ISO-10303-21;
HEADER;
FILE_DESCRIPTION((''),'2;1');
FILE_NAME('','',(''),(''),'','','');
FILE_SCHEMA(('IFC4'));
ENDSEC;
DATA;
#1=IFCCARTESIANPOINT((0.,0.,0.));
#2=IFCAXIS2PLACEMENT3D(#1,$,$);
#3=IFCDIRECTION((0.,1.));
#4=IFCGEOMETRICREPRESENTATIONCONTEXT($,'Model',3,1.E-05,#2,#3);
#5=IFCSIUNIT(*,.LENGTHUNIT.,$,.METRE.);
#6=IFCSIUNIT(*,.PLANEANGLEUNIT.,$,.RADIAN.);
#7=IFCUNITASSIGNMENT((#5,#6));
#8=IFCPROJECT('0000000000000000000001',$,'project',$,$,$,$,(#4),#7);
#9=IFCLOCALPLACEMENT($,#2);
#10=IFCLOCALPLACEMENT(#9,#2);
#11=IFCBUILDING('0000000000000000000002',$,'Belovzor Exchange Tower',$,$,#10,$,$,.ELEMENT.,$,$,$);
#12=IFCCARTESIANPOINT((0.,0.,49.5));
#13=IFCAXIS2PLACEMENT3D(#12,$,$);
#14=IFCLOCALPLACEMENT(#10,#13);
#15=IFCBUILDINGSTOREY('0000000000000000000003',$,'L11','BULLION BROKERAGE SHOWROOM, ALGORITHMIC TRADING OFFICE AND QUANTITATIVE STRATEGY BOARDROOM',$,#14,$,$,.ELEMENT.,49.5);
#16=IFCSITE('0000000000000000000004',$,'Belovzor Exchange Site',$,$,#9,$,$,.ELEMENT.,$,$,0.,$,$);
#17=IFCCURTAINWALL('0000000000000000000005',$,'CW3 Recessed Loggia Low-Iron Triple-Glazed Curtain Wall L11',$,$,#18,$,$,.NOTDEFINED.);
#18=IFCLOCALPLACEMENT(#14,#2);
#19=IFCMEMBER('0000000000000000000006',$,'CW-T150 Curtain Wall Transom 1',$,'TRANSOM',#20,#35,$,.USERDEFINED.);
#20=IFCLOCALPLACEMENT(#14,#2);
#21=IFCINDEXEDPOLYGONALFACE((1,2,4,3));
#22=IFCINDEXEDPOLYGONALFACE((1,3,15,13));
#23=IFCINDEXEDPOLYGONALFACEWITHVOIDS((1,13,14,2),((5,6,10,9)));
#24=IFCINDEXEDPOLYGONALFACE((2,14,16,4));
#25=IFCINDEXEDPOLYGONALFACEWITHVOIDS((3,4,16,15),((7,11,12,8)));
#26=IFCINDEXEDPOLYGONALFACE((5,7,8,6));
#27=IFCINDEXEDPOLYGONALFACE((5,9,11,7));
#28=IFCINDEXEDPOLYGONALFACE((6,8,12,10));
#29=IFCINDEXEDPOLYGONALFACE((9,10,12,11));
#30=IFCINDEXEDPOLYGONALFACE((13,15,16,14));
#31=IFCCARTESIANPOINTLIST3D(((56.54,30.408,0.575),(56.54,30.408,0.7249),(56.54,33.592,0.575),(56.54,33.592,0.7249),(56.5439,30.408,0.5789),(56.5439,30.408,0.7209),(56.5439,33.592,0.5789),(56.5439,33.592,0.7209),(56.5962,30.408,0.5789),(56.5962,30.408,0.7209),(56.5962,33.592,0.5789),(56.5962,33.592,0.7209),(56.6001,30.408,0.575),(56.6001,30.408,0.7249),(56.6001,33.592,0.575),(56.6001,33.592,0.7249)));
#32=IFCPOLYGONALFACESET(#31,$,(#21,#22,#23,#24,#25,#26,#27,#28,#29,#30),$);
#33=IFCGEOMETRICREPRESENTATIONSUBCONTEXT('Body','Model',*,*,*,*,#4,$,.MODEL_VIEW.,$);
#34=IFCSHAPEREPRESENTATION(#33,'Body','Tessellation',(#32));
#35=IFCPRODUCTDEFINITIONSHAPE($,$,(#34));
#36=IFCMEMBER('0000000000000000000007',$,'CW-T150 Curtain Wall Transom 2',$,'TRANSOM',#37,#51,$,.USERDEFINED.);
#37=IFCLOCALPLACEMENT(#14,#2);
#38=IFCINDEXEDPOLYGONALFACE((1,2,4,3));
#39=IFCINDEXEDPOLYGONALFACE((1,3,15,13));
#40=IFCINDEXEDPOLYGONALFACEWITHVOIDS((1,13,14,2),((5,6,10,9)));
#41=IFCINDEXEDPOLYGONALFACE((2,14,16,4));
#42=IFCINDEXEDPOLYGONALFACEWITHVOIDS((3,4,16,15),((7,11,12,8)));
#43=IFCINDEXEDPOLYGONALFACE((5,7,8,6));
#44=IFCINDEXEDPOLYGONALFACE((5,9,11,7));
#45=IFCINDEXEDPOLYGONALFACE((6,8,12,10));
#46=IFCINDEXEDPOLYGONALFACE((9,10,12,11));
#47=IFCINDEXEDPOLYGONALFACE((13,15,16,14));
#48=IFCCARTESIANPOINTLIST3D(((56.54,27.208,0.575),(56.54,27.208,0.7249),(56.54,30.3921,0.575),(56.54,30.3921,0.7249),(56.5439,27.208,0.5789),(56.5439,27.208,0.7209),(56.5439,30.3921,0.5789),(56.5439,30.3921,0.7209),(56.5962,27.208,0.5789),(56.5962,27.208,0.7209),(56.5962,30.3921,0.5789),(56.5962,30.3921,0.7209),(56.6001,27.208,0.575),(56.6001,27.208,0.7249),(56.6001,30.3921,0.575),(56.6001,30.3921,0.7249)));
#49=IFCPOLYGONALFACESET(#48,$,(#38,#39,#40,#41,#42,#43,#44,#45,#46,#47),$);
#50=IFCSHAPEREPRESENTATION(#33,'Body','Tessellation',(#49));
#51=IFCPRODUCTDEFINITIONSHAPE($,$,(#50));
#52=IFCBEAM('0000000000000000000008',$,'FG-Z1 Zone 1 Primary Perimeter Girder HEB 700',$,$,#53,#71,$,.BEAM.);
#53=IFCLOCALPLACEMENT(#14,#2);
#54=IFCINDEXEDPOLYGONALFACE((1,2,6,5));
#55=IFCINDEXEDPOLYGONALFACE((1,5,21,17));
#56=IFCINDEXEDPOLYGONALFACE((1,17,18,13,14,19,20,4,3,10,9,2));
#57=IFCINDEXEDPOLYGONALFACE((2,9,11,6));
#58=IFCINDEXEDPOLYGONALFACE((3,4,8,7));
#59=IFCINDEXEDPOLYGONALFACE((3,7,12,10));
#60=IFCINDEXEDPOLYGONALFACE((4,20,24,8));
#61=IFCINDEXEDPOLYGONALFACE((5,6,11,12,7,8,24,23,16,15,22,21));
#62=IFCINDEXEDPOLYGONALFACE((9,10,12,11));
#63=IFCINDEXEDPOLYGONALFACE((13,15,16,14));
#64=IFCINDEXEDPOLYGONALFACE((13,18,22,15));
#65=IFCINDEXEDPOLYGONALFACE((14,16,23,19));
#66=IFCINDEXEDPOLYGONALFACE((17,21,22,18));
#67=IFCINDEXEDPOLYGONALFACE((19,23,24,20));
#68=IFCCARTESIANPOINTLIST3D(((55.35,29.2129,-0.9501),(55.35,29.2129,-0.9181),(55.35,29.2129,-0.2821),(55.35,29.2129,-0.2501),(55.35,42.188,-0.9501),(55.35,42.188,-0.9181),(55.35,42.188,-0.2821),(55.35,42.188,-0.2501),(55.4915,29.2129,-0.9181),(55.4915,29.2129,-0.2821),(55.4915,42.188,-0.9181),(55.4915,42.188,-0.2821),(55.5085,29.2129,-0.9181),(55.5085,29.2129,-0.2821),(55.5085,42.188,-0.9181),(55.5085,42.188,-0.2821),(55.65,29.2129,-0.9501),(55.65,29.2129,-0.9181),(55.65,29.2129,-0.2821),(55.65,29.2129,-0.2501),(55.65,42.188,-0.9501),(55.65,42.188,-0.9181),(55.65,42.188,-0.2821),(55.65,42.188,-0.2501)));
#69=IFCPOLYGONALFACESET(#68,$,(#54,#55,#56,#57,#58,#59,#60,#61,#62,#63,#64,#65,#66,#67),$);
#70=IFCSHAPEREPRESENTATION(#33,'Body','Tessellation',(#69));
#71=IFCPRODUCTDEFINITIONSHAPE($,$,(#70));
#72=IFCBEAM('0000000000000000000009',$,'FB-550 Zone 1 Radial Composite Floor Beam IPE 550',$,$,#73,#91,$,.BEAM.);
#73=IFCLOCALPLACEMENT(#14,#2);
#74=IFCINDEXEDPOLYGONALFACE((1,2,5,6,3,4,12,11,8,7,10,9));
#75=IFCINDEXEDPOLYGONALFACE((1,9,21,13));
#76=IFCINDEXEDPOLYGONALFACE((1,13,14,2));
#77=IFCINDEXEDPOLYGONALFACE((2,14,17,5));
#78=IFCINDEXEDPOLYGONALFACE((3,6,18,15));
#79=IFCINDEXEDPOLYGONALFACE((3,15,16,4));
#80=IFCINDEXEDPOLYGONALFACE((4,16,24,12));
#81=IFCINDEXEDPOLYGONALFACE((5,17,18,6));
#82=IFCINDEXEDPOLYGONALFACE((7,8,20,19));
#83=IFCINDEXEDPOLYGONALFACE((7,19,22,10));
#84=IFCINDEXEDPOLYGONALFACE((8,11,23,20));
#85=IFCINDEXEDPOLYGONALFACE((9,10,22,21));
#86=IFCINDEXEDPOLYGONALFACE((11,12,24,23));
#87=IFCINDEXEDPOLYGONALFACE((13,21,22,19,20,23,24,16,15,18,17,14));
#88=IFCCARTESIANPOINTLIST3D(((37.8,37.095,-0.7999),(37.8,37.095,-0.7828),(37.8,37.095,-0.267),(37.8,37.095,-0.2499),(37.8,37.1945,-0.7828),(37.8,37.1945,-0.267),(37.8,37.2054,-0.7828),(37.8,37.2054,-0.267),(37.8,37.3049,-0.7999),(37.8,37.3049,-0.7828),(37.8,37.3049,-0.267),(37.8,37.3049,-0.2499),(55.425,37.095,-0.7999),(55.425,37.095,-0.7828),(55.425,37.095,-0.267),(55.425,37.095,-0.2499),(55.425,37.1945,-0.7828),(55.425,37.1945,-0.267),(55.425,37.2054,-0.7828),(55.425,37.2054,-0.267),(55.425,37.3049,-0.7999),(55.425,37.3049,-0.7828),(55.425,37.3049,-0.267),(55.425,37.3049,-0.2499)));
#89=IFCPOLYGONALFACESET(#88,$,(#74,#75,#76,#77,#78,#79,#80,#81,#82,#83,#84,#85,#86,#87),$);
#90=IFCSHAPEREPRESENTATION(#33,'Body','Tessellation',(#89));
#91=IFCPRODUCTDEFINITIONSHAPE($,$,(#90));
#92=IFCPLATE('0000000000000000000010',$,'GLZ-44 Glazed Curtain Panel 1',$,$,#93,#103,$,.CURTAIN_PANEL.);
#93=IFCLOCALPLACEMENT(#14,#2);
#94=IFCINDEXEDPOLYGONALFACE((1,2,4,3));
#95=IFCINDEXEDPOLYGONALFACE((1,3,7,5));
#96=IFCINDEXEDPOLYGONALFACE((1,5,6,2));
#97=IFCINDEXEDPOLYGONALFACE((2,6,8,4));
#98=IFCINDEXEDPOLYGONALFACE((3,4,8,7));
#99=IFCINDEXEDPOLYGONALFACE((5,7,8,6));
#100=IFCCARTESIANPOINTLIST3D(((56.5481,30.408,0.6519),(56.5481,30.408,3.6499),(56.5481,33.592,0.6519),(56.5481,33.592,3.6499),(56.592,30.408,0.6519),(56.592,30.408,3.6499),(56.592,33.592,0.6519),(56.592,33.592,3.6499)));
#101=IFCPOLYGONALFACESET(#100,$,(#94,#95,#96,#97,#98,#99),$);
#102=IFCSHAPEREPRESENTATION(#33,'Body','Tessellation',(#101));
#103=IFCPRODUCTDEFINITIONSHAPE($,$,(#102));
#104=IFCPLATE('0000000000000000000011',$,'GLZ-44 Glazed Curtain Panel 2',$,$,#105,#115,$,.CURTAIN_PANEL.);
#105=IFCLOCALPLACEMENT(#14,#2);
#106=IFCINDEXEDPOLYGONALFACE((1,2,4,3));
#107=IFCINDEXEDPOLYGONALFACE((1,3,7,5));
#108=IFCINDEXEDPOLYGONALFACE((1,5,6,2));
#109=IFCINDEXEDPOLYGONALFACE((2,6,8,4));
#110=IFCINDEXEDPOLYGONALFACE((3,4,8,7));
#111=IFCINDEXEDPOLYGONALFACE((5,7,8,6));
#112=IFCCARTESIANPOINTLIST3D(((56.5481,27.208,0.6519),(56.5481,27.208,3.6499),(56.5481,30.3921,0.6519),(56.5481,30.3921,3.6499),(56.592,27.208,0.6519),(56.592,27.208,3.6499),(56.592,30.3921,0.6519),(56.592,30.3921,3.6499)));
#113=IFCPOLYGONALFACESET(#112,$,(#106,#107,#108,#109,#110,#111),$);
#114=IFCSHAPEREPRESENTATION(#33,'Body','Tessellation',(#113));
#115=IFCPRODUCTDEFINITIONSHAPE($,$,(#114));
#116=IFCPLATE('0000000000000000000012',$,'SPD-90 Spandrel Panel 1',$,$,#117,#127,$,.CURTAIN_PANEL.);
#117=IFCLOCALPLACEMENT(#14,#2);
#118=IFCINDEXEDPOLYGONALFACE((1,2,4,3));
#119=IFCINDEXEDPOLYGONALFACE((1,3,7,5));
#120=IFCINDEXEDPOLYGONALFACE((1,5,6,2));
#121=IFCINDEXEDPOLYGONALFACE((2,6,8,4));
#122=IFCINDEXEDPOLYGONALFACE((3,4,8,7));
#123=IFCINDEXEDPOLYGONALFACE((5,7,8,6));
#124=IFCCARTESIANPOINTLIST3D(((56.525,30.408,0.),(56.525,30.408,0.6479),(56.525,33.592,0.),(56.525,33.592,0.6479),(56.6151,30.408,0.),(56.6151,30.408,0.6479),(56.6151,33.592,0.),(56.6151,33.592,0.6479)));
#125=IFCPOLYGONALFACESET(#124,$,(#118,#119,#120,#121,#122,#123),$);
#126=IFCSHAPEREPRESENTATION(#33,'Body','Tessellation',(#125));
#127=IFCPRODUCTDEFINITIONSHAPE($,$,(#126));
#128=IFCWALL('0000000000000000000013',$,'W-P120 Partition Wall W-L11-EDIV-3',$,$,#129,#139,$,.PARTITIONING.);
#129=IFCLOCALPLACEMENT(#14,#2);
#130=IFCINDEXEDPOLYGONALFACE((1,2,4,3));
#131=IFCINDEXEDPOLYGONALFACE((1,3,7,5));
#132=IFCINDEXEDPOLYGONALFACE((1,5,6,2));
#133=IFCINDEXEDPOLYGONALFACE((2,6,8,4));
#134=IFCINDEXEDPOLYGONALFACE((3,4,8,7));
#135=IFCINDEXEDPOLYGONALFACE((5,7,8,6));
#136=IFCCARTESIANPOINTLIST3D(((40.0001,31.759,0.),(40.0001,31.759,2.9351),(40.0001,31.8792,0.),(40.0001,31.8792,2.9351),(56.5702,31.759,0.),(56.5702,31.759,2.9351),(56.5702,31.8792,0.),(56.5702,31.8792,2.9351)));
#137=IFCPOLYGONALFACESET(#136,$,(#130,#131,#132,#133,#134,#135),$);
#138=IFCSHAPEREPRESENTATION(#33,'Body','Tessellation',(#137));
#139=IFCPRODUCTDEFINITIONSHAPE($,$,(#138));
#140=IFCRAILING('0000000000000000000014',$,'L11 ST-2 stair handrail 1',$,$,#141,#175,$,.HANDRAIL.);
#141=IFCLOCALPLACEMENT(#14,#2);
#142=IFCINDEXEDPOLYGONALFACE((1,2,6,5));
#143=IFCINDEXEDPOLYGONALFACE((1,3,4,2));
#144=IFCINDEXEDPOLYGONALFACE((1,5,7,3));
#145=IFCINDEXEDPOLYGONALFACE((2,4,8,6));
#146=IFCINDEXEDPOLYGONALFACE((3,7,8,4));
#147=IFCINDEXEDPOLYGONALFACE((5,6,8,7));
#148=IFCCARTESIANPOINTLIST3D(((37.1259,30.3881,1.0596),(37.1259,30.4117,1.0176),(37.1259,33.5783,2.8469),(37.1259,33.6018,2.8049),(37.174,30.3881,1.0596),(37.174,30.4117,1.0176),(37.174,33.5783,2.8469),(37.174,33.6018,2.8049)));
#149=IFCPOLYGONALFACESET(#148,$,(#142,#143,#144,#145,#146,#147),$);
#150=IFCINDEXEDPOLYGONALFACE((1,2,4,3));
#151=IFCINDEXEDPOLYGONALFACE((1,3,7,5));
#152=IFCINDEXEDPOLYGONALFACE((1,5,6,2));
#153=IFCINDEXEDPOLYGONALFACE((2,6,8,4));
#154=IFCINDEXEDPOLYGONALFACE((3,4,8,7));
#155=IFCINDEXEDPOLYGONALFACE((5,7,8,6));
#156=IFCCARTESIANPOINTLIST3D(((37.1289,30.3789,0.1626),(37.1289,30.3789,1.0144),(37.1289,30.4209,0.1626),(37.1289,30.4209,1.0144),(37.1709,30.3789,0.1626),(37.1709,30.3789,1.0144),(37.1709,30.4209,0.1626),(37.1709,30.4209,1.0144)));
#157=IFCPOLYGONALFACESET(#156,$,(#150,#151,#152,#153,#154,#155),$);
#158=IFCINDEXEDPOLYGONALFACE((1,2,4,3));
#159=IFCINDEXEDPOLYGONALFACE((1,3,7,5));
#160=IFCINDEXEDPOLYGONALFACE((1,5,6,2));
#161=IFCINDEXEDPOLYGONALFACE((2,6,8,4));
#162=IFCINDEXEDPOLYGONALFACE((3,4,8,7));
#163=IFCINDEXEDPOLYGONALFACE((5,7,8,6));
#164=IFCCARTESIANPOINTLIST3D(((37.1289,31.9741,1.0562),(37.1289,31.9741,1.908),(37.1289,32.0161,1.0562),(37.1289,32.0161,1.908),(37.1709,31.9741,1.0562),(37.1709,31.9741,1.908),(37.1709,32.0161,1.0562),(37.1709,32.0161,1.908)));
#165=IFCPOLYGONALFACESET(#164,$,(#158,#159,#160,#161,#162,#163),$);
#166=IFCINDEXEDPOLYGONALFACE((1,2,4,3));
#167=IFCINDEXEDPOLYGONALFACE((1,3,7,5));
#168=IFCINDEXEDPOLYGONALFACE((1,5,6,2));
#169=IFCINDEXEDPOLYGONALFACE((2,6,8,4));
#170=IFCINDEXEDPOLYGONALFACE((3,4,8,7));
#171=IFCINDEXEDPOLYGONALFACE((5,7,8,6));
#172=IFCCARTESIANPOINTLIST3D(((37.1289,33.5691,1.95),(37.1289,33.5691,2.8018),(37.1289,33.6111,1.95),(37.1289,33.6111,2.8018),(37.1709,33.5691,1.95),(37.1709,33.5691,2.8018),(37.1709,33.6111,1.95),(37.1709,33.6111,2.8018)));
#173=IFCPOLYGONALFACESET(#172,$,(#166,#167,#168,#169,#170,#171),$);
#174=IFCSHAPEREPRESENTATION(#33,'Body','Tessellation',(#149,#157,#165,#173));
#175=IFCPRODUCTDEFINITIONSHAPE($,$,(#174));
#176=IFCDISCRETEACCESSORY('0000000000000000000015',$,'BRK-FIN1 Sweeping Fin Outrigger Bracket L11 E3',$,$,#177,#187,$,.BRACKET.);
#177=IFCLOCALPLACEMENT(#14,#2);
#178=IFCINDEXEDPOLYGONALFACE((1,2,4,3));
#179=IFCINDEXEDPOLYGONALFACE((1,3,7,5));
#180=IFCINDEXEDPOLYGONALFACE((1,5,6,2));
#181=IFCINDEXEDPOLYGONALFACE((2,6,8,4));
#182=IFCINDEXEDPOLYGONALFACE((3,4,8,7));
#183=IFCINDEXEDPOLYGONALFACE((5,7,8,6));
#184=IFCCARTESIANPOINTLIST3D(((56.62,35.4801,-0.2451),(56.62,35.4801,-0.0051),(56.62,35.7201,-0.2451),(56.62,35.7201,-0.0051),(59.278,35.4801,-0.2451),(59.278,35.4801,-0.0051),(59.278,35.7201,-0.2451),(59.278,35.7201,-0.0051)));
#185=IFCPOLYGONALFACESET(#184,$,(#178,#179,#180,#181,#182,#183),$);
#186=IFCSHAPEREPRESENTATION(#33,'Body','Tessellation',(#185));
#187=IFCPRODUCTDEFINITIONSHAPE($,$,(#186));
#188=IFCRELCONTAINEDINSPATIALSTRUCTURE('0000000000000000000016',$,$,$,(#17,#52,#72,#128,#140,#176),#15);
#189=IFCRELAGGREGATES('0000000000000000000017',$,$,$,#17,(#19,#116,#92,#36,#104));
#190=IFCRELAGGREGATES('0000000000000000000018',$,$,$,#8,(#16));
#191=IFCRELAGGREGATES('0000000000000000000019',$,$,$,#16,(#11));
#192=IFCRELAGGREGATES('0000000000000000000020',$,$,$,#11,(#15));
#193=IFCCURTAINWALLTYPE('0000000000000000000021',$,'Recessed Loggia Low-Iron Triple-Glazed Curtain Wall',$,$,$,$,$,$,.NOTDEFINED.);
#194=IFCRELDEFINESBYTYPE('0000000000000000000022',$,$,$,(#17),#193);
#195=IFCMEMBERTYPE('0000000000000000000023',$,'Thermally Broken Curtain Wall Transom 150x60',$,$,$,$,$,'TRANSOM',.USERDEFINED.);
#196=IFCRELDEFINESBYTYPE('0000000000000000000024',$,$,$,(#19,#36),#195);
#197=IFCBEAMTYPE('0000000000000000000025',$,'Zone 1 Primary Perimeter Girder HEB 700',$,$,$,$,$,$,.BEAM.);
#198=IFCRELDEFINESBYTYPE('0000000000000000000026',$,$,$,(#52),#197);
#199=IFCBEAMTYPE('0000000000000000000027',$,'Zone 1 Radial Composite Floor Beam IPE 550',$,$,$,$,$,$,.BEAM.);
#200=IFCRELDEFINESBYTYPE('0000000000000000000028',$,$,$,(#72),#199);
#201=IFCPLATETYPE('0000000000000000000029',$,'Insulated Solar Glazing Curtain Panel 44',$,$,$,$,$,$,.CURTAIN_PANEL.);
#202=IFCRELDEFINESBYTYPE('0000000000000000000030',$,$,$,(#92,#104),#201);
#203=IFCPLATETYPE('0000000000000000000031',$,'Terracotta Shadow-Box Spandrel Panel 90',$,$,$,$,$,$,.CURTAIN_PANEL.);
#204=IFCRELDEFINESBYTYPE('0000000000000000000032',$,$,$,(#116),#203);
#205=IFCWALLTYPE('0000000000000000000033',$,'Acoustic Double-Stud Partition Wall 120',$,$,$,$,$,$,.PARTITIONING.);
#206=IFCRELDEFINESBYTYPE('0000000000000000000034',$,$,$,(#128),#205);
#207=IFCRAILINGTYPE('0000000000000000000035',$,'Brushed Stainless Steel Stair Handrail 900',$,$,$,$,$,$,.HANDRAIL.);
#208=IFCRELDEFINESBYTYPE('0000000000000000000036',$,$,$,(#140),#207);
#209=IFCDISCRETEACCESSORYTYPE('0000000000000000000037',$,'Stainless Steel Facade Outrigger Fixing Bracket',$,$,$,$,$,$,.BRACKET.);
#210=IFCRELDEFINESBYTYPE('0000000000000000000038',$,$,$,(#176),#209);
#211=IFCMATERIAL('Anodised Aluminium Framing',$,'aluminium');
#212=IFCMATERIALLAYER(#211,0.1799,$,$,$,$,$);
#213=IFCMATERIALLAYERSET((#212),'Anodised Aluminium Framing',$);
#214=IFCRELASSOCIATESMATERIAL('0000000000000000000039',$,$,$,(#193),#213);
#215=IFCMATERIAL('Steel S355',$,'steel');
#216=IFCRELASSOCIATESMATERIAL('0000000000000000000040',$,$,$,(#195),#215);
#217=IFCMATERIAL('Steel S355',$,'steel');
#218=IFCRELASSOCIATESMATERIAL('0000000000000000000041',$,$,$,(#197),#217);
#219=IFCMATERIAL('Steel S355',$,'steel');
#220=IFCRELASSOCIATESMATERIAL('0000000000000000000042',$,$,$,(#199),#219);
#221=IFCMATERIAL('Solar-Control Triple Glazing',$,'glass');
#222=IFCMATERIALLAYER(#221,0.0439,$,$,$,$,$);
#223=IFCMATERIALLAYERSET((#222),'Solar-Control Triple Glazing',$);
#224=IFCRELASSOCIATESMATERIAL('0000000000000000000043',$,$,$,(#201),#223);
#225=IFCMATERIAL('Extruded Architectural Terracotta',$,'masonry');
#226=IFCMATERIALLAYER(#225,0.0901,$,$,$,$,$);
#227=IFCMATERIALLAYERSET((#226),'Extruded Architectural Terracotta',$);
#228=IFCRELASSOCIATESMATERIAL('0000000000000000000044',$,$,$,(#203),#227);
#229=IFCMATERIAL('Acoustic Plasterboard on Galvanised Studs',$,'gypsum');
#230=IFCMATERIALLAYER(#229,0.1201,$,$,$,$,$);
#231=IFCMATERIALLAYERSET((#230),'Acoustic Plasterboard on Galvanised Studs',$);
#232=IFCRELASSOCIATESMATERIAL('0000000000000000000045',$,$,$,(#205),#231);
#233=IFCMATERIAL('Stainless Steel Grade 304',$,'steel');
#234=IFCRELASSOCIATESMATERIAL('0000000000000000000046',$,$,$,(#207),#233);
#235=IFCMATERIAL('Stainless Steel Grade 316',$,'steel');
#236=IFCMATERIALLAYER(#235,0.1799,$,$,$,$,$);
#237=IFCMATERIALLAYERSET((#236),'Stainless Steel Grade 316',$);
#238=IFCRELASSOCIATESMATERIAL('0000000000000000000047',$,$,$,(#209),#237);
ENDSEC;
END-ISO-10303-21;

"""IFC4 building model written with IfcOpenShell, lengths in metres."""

from ifc_helpers import new_model, si_unit, direction, frame, frame_2d, origin, origin_2d, place, context, subcontext, project, spatial, rectangle, hollow_rectangle, i_section, extrude, material, layer, layer_set, material_profile, profile_set, type_object, element, aggregate, save


model = new_model("IFC4")

# Units and contexts
model_context = context("Model", 3, precision=1e-05, world=origin(), true_north=direction((0.0, 1.0)))
body_context = subcontext(model_context, "Body", "Model", "MODEL_VIEW")
ifc_project = project(units=[si_unit("LENGTHUNIT", "METRE"), si_unit("PLANEANGLEUNIT", "RADIAN")], contexts=[model_context])

# Site, building, storey
site_placement = place(None, origin())
site = spatial("IfcSite", under=ifc_project, at=site_placement, Name="Belovzor Exchange Site", CompositionType="ELEMENT", RefElevation=0.0)
building_placement = place(site_placement, origin())
building = spatial("IfcBuilding", under=site, at=building_placement, Name="Belovzor Exchange Tower", CompositionType="ELEMENT")
storey_placement = place(building_placement, frame((0.0, 0.0, 49.5)))
storey = spatial("IfcBuildingStorey", under=building, at=storey_placement, Name="L11", Description="BULLION BROKERAGE SHOWROOM, ALGORITHMIC TRADING OFFICE AND QUANTITATIVE STRATEGY BOARDROOM", CompositionType="ELEMENT", Elevation=49.5)

# Curtain wall, members
ifc_material_1 = material(Name="Anodised Aluminium Framing", Category="aluminium")
ifc_layer_1 = layer(ifc_material_1, 0.1799)
ifc_layer_set_1 = layer_set([ifc_layer_1], Name="Anodised Aluminium Framing")
curtain_wall_type = type_object("IfcCurtainWallType", Name="Recessed Loggia Low-Iron Triple-Glazed Curtain Wall", PredefinedType="NOTDEFINED", material=ifc_layer_set_1)
curtain_wall_placement = place(storey_placement, origin())
curtain_wall = element("IfcCurtainWall", 1, at=curtain_wall_placement, inside=storey, type_object=curtain_wall_type, Name="CW3 Recessed Loggia Low-Iron Triple-Glazed Curtain Wall L11", PredefinedType="NOTDEFINED")
ifc_material_2 = material(Name="Steel S355", Category="steel")
ifc_material_profile_1 = material_profile(ifc_material_2, hollow_rectangle(XDim=0.0601, YDim=0.1499, WallThickness=0.0039, at=origin_2d()))
ifc_profile_set_1 = profile_set([ifc_material_profile_1], Name="Steel S355")
member_type_1 = type_object("IfcMemberType", Name="Thermally Broken Curtain Wall Transom 150x60", ElementType="TRANSOM", PredefinedType="USERDEFINED", material=ifc_profile_set_1)
member_1_placement = place(storey_placement, frame((56.5701, 33.592, 0.6499), z_axis=(0.0, -1.0, 0.0), x_axis=(1.0, 0.0, 0.0)))
member_1 = element("IfcMember", 2, at=member_1_placement, type_object=member_type_1, Name="CW-T150 Curtain Wall Transom 1", ObjectType="TRANSOM", PredefinedType="USERDEFINED", context=body_context, shape_type="SweptSolid", body=[
    extrude(hollow_rectangle(XDim=0.0601, YDim=0.1499, WallThickness=0.0039, at=origin_2d()), origin(), (0.0, 0.0, 1.0), 3.1841),
])
member_2_placement = place(storey_placement, frame((56.5701, 30.3921, 0.6499), z_axis=(0.0, -1.0, 0.0), x_axis=(1.0, 0.0, 0.0)))
member_2 = element("IfcMember", 3, at=member_2_placement, type_object=member_type_1, Name="CW-T150 Curtain Wall Transom 2", ObjectType="TRANSOM", PredefinedType="USERDEFINED", context=body_context, shape_type="SweptSolid", body=[
    extrude(hollow_rectangle(XDim=0.0601, YDim=0.1499, WallThickness=0.0039, at=origin_2d()), origin(), (0.0, 0.0, 1.0), 3.1841),
])

# Beams
ifc_material_3 = material(Name="Steel S355", Category="steel")
ifc_material_profile_2 = material_profile(ifc_material_3, i_section(OverallWidth=0.3, OverallDepth=0.7, WebThickness=0.0171, FlangeThickness=0.032, at=origin_2d()))
ifc_profile_set_2 = profile_set([ifc_material_profile_2], Name="Steel S355")
beam_type_1 = type_object("IfcBeamType", Name="Zone 1 Primary Perimeter Girder HEB 700", PredefinedType="BEAM", material=ifc_profile_set_2)
beam_1_placement = place(storey_placement, frame((55.5, 29.2129, -0.6001), z_axis=(0.0, 1.0, 0.0), x_axis=(-1.0, 0.0, 0.0)))
element("IfcBeam", 4, at=beam_1_placement, inside=storey, type_object=beam_type_1, Name="FG-Z1 Zone 1 Primary Perimeter Girder HEB 700", PredefinedType="BEAM", context=body_context, shape_type="SweptSolid", body=[
    extrude(i_section(OverallWidth=0.3, OverallDepth=0.7, WebThickness=0.0171, FlangeThickness=0.032, at=origin_2d()), origin(), (0.0, 0.0, 1.0), 12.9751),
])
ifc_material_4 = material(Name="Steel S355", Category="steel")
ifc_material_profile_3 = material_profile(ifc_material_4, i_section(OverallWidth=0.21, OverallDepth=0.55, WebThickness=0.011, FlangeThickness=0.0171, at=origin_2d()))
ifc_profile_set_3 = profile_set([ifc_material_profile_3], Name="Steel S355")
beam_type_2 = type_object("IfcBeamType", Name="Zone 1 Radial Composite Floor Beam IPE 550", PredefinedType="BEAM", material=ifc_profile_set_3)
beam_2_placement = place(storey_placement, frame((37.8, 37.2, -0.5249), z_axis=(1.0, 0.0, 0.0), x_axis=(0.0, 1.0, 0.0)))
element("IfcBeam", 5, at=beam_2_placement, inside=storey, type_object=beam_type_2, Name="FB-550 Zone 1 Radial Composite Floor Beam IPE 550", PredefinedType="BEAM", context=body_context, shape_type="SweptSolid", body=[
    extrude(i_section(OverallWidth=0.21, OverallDepth=0.55, WebThickness=0.011, FlangeThickness=0.0171, at=origin_2d()), origin(), (0.0, 0.0, 1.0), 17.625),
])

# Plates
ifc_material_5 = material(Name="Solar-Control Triple Glazing", Category="glass")
ifc_layer_2 = layer(ifc_material_5, 0.0439)
ifc_layer_set_2 = layer_set([ifc_layer_2], Name="Solar-Control Triple Glazing")
plate_type_1 = type_object("IfcPlateType", Name="Insulated Solar Glazing Curtain Panel 44", PredefinedType="CURTAIN_PANEL", material=ifc_layer_set_2)
plate_1_placement = place(storey_placement, frame((56.5701, 32.0, 0.6519), z_axis=(0.0, 0.0, 1.0), x_axis=(0.0, -1.0, 0.0)))
plate_1 = element("IfcPlate", 6, at=plate_1_placement, type_object=plate_type_1, Name="GLZ-44 Glazed Curtain Panel 1", PredefinedType="CURTAIN_PANEL", context=body_context, shape_type="SweptSolid", body=[
    extrude(rectangle(XDim=3.1841, YDim=0.0439, at=origin_2d()), origin(), (0.0, 0.0, 1.0), 2.998),
])
plate_2_placement = place(storey_placement, frame((56.5701, 28.8, 0.6519), z_axis=(0.0, 0.0, 1.0), x_axis=(0.0, -1.0, 0.0)))
plate_2 = element("IfcPlate", 7, at=plate_2_placement, type_object=plate_type_1, Name="GLZ-44 Glazed Curtain Panel 2", PredefinedType="CURTAIN_PANEL", context=body_context, shape_type="SweptSolid", body=[
    extrude(rectangle(XDim=3.1841, YDim=0.0439, at=origin_2d()), origin(), (0.0, 0.0, 1.0), 2.998),
])
ifc_material_6 = material(Name="Extruded Architectural Terracotta", Category="masonry")
ifc_layer_3 = layer(ifc_material_6, 0.0901)
ifc_layer_set_3 = layer_set([ifc_layer_3], Name="Extruded Architectural Terracotta")
plate_type_2 = type_object("IfcPlateType", Name="Terracotta Shadow-Box Spandrel Panel 90", PredefinedType="CURTAIN_PANEL", material=ifc_layer_set_3)
plate_3_placement = place(storey_placement, frame((56.5701, 32.0, 0.0), z_axis=(0.0, 0.0, 1.0), x_axis=(0.0, -1.0, 0.0)))
plate_3 = element("IfcPlate", 8, at=plate_3_placement, type_object=plate_type_2, Name="SPD-90 Spandrel Panel 1", PredefinedType="CURTAIN_PANEL", context=body_context, shape_type="SweptSolid", body=[
    extrude(rectangle(XDim=3.1841, YDim=0.0901, at=origin_2d()), origin(), (0.0, 0.0, 1.0), 0.6479),
])
aggregate(curtain_wall, [member_1, plate_3, plate_1, member_2, plate_2])

# Wall
ifc_material_7 = material(Name="Acoustic Plasterboard on Galvanised Studs", Category="gypsum")
ifc_layer_4 = layer(ifc_material_7, 0.1201)
ifc_layer_set_4 = layer_set([ifc_layer_4], Name="Acoustic Plasterboard on Galvanised Studs")
wall_type = type_object("IfcWallType", Name="Acoustic Double-Stud Partition Wall 120", PredefinedType="PARTITIONING", material=ifc_layer_set_4)
wall_placement = place(storey_placement, frame((40.0, 31.8191, 0.0), z_axis=(0.0, 0.0, 1.0), x_axis=(1.0, 0.0, 0.0)))
element("IfcWall", 9, at=wall_placement, inside=storey, type_object=wall_type, Name="W-P120 Partition Wall W-L11-EDIV-3", PredefinedType="PARTITIONING", context=body_context, shape_type="SweptSolid", body=[
    extrude(rectangle(XDim=16.5701, YDim=0.1201, at=frame_2d((8.2852, 0.0))), origin(), (0.0, 0.0, 1.0), 2.9351),
])

# Railing
ifc_material_8 = material(Name="Stainless Steel Grade 304", Category="steel")
railing_type = type_object("IfcRailingType", Name="Brushed Stainless Steel Stair Handrail 900", PredefinedType="HANDRAIL", material=ifc_material_8)
railing_placement = place(storey_placement, frame((37.1499, 30.3999, 0.1626)))
element("IfcRailing", 10, at=railing_placement, inside=storey, type_object=railing_type, Name="L11 ST-2 stair handrail 1", PredefinedType="HANDRAIL", context=body_context, shape_type="SweptSolid", body=[
    extrude(rectangle(XDim=0.0481, YDim=0.0481, at=origin_2d()), frame((0.0, 0.0, 0.876), z_axis=(0.0, 0.872407, 0.48878), x_axis=(-1.0, 0.0, 0.0)), (0.0, 0.0, 1.0), 3.6567),
    extrude(rectangle(XDim=0.042, YDim=0.042, at=origin_2d()), origin(), (0.0, 0.0, 1.0), 0.8518),
    extrude(rectangle(XDim=0.042, YDim=0.042, at=origin_2d()), frame((0.0, 1.5952, 0.8936)), (0.0, 0.0, 1.0), 0.8518),
    extrude(rectangle(XDim=0.042, YDim=0.042, at=origin_2d()), frame((0.0, 3.1902, 1.7874)), (0.0, 0.0, 1.0), 0.8518),
])

# Discrete accessory
ifc_material_9 = material(Name="Stainless Steel Grade 316", Category="steel")
ifc_layer_5 = layer(ifc_material_9, 0.1799)
ifc_layer_set_5 = layer_set([ifc_layer_5], Name="Stainless Steel Grade 316")
discrete_accessory_type = type_object("IfcDiscreteAccessoryType", Name="Stainless Steel Facade Outrigger Fixing Bracket", PredefinedType="BRACKET", material=ifc_layer_set_5)
discrete_accessory_placement = place(storey_placement, frame((57.949, 35.6001, -0.2451), z_axis=(0.0, 0.0, 1.0), x_axis=(1.0, 0.0, 0.0)))
element("IfcDiscreteAccessory", 11, at=discrete_accessory_placement, inside=storey, type_object=discrete_accessory_type, Name="BRK-FIN1 Sweeping Fin Outrigger Bracket L11 E3", PredefinedType="BRACKET", context=body_context, shape_type="SweptSolid", body=[
    extrude(rectangle(XDim=2.658, YDim=0.24, at=origin_2d()), origin(), (0.0, 0.0, 1.0), 0.24),
])

save(model, "model.ifc")
